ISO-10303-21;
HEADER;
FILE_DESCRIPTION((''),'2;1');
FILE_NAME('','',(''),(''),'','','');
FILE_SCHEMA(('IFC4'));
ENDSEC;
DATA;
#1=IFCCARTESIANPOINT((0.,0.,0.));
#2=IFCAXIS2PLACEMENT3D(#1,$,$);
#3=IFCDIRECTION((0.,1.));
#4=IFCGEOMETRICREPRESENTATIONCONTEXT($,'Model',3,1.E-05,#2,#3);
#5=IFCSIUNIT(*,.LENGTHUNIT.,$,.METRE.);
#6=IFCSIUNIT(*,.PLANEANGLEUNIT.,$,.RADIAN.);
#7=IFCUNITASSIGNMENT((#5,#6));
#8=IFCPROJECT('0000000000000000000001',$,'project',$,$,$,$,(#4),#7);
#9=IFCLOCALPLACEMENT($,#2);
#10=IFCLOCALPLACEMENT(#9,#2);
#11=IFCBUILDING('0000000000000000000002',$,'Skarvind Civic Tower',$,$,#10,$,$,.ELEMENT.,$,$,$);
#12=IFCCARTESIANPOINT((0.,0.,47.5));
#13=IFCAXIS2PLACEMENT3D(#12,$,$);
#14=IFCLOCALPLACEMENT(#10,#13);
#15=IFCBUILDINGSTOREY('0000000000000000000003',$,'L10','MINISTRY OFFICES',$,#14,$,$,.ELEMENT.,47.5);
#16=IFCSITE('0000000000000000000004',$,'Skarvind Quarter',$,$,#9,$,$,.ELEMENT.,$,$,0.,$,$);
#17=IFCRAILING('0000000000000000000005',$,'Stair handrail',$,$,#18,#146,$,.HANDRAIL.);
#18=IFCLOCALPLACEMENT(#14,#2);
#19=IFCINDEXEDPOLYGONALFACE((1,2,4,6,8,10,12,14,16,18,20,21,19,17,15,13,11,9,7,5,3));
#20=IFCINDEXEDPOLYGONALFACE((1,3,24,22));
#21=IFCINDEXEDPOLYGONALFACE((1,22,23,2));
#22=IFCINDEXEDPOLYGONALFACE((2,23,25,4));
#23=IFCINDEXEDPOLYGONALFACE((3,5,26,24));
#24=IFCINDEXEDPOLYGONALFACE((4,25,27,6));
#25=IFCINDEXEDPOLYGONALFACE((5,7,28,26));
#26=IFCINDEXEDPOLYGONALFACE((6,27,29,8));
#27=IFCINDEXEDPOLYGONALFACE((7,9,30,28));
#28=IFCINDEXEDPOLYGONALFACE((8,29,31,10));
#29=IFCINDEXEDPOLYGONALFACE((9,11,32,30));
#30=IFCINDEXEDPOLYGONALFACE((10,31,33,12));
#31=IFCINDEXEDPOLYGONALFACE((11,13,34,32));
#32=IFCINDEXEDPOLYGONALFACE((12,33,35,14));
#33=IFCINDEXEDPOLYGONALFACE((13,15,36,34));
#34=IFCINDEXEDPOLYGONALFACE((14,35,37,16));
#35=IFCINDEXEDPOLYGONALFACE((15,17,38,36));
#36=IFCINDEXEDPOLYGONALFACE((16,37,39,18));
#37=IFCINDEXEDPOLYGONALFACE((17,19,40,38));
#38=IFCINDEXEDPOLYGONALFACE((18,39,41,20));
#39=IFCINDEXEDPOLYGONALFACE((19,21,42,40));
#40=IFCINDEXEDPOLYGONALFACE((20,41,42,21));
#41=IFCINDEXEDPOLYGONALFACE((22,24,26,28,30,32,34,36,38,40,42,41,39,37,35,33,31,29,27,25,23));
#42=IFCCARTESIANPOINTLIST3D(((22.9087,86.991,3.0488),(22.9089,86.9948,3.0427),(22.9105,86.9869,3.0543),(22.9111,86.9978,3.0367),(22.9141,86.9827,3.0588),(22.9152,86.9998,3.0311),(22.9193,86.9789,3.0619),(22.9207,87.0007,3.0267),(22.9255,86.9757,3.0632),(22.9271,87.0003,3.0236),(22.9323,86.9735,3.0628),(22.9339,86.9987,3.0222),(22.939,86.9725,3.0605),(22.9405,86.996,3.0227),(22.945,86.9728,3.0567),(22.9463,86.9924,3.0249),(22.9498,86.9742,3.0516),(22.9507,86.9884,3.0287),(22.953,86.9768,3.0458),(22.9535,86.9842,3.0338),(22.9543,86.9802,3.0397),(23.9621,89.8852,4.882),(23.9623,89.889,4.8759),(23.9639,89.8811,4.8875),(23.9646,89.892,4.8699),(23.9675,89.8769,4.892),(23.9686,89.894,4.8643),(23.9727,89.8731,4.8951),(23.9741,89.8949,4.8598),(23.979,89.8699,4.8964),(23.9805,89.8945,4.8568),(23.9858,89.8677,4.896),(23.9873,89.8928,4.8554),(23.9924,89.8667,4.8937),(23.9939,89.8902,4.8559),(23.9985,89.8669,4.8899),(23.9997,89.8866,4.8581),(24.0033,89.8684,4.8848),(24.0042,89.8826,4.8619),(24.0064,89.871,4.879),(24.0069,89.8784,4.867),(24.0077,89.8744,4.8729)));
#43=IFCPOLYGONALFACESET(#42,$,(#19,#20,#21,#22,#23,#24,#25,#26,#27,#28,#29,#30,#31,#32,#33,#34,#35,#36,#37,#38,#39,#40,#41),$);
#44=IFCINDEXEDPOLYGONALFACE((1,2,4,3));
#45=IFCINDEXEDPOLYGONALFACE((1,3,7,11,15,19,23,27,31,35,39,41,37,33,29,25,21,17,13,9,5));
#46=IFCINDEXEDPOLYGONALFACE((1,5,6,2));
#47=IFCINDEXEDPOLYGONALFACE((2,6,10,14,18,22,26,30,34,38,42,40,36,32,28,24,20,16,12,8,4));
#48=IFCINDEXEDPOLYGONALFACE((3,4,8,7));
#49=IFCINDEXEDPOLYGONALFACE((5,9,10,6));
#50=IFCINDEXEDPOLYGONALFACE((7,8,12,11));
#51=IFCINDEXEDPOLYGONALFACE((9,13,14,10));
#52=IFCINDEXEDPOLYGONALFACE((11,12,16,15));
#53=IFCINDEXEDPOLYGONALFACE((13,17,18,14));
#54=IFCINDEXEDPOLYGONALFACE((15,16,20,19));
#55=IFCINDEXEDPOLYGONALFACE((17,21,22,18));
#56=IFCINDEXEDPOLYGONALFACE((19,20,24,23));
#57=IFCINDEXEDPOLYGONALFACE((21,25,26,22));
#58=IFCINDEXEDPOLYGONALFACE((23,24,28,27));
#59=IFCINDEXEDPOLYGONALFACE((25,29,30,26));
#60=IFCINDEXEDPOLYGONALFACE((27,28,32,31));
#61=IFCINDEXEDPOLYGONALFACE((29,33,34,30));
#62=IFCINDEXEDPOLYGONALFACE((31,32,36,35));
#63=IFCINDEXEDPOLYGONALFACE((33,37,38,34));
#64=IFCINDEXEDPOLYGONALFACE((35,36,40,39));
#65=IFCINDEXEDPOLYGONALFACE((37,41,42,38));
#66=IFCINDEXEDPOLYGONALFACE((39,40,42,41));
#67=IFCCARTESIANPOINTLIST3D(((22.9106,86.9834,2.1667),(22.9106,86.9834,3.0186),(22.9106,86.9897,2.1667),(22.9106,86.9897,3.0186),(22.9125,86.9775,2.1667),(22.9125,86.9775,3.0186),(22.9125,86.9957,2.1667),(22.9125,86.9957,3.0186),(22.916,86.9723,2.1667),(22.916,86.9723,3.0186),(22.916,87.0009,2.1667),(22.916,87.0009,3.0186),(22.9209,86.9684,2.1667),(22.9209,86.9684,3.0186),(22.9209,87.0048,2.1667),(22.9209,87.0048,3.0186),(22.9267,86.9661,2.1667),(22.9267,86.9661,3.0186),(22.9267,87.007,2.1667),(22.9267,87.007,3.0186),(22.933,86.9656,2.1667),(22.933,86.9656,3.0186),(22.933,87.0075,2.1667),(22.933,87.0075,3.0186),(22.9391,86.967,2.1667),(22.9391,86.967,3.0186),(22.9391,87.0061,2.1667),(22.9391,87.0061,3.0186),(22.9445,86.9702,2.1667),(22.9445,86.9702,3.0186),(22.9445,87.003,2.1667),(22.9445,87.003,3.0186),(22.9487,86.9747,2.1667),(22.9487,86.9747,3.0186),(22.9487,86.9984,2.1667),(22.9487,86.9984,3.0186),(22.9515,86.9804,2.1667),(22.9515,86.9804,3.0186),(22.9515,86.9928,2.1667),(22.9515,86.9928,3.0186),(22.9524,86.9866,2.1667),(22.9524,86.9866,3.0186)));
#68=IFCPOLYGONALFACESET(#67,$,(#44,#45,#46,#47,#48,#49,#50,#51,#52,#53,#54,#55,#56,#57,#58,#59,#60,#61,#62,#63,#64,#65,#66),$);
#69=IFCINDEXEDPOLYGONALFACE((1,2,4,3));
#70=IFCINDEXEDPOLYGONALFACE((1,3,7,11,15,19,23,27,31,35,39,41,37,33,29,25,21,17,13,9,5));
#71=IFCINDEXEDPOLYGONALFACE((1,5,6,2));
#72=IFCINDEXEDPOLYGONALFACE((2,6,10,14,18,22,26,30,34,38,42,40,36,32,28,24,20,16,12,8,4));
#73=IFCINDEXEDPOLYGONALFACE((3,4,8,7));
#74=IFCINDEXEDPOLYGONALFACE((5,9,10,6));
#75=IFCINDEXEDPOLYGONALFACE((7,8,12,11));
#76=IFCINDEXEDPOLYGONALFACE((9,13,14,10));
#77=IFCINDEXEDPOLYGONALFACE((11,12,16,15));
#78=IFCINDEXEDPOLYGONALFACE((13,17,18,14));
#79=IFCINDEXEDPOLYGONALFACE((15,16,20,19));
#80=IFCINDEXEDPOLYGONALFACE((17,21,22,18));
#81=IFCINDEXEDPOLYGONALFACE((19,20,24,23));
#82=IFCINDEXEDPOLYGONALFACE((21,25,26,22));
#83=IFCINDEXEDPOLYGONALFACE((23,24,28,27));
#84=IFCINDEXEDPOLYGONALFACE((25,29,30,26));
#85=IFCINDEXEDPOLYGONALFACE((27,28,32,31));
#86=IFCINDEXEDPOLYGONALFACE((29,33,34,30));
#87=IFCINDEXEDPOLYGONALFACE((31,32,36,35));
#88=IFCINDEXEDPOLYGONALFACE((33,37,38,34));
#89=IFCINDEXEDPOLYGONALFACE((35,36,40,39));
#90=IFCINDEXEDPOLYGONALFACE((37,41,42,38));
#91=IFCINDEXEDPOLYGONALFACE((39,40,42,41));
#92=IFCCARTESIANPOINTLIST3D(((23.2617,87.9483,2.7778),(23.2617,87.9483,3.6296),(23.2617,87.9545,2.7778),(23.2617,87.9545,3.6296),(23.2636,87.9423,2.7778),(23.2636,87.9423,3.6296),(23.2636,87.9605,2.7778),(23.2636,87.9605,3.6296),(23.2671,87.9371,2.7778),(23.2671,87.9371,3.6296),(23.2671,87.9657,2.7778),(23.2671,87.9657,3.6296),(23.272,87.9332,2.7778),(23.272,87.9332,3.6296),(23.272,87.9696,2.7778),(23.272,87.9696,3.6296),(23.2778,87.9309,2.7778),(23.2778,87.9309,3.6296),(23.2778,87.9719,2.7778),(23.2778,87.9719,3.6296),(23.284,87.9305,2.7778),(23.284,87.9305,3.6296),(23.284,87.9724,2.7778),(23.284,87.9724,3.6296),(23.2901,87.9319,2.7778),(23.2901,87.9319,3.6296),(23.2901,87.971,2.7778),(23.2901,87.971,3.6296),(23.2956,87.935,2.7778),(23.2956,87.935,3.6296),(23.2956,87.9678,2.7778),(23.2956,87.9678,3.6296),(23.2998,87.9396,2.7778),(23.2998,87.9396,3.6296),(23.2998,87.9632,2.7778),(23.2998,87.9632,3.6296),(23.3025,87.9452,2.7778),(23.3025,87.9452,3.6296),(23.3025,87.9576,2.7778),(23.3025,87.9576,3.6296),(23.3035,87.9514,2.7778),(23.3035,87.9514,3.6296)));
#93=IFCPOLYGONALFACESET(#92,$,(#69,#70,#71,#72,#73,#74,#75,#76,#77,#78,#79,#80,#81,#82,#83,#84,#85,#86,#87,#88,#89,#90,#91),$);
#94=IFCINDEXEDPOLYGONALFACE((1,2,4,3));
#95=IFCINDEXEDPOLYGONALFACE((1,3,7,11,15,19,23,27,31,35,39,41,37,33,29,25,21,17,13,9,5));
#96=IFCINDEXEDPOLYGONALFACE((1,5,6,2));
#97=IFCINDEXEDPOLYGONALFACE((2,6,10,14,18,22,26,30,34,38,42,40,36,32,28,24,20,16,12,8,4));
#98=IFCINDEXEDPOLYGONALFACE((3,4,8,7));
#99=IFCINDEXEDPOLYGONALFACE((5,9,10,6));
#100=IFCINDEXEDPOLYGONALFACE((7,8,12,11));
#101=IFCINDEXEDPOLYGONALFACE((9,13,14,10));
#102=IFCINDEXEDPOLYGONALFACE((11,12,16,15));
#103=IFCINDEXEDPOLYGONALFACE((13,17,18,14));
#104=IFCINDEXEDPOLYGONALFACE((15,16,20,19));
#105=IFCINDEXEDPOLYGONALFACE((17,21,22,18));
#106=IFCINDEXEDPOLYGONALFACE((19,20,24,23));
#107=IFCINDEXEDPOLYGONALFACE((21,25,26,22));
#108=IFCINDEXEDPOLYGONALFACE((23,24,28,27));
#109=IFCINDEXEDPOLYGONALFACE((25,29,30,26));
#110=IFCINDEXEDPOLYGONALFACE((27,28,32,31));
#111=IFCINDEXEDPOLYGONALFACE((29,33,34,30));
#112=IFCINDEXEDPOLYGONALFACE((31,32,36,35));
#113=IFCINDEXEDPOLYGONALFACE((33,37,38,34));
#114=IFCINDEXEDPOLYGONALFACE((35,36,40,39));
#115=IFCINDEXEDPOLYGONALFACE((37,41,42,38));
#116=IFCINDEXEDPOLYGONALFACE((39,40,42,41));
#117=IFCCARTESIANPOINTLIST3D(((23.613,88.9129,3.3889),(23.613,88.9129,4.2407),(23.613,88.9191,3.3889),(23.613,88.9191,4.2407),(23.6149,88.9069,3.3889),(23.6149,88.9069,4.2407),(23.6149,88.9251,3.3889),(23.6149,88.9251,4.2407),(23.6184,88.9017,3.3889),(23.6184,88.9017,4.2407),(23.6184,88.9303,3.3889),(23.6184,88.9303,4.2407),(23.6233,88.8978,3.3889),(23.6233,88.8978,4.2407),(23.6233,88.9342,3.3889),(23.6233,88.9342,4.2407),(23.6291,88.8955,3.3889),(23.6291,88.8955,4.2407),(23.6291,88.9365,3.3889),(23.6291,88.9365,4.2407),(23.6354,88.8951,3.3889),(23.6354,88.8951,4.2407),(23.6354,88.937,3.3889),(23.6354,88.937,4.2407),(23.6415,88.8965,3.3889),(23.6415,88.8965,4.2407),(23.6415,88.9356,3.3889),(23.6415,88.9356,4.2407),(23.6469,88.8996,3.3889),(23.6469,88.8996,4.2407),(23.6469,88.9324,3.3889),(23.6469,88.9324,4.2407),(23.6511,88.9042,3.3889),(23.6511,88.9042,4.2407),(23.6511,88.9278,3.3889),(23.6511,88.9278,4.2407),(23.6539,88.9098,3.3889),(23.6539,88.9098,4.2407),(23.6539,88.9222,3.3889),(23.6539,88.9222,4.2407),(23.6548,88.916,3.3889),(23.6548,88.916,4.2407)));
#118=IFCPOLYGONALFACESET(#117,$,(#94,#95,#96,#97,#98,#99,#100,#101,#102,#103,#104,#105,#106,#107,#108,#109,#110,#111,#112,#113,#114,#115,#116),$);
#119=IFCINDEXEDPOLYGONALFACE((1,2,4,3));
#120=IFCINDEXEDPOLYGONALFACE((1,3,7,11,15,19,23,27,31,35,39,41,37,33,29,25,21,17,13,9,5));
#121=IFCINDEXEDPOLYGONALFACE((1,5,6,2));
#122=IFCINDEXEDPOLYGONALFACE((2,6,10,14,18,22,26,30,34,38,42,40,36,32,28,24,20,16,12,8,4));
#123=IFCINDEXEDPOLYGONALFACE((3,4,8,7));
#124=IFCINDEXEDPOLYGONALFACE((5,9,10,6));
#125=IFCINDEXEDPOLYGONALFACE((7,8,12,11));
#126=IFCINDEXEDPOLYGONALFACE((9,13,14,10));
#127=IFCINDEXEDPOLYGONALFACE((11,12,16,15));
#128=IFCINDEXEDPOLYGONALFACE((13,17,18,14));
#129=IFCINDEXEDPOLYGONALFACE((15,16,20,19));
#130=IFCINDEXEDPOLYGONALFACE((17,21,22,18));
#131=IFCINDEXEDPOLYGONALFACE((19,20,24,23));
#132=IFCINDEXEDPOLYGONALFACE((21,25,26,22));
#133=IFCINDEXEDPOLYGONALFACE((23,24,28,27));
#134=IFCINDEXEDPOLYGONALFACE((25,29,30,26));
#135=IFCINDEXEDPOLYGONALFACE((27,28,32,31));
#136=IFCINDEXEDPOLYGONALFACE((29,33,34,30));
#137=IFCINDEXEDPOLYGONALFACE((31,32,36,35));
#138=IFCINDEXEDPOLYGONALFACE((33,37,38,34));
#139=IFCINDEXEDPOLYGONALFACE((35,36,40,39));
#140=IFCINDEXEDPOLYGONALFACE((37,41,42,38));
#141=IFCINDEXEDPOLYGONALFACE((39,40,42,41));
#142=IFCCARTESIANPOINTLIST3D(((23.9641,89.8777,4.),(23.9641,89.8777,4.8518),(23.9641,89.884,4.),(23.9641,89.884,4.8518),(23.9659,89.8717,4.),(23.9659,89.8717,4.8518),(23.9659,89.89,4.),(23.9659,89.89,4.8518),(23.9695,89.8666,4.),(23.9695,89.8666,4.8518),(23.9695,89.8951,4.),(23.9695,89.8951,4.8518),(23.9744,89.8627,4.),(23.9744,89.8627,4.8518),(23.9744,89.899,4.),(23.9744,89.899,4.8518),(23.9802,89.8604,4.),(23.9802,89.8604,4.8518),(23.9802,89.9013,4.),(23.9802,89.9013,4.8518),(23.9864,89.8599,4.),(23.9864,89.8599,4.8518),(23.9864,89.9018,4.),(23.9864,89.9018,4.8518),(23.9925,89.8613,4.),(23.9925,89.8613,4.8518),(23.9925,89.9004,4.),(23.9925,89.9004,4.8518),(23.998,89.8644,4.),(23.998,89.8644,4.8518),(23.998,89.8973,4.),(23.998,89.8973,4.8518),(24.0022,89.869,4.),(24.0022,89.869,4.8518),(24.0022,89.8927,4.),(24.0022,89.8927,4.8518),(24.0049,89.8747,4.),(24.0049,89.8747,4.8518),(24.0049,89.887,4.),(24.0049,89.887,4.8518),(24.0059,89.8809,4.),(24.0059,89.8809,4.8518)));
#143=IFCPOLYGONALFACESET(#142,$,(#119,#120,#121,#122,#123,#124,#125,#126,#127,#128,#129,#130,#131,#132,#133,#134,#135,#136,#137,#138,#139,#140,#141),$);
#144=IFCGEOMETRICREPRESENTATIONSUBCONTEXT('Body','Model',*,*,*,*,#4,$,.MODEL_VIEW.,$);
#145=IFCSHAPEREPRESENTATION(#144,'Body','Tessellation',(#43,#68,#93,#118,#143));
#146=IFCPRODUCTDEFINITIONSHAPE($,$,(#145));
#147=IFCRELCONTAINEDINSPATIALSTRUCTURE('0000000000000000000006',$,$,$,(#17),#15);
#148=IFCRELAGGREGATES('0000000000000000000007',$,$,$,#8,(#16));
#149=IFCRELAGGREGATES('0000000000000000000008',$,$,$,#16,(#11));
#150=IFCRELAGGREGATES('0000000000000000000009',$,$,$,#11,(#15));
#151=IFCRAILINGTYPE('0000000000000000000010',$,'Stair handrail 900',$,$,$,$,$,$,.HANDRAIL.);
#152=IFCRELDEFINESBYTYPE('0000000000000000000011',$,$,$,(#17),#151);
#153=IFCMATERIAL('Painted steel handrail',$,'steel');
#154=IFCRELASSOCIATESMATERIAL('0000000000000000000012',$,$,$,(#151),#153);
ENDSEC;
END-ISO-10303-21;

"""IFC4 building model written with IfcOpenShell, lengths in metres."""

from ifc_helpers import new_model, si_unit, direction, frame, origin, origin_2d, place, context, subcontext, project, spatial, circle, extrude, material, type_object, element, save


model = new_model("IFC4")

# Units and contexts
model_context = context("Model", 3, precision=1e-05, world=origin(), true_north=direction((0.0, 1.0)))
body_context = subcontext(model_context, "Body", "Model", "MODEL_VIEW")
ifc_project = project(units=[si_unit("LENGTHUNIT", "METRE"), si_unit("PLANEANGLEUNIT", "RADIAN")], contexts=[model_context])

# Site, building, storey
site_placement = place(None, origin())
site = spatial("IfcSite", under=ifc_project, at=site_placement, Name="Skarvind Quarter", CompositionType="ELEMENT", RefElevation=0.0)
building_placement = place(site_placement, origin())
building = spatial("IfcBuilding", under=site, at=building_placement, Name="Skarvind Civic Tower", CompositionType="ELEMENT")
storey_placement = place(building_placement, frame((0.0, 0.0, 47.5)))
storey = spatial("IfcBuildingStorey", under=building, at=storey_placement, Name="L10", Description="MINISTRY OFFICES", CompositionType="ELEMENT", Elevation=47.5)

# Railing
ifc_material_1 = material(Name="Painted steel handrail", Category="steel")
railing_type = type_object("IfcRailingType", Name="Stair handrail 900", PredefinedType="HANDRAIL", material=ifc_material_1)
railing_1_placement = place(storey_placement, frame((22.9314, 86.9866, 2.1667)))
element("IfcRailing", 1, at=railing_1_placement, inside=storey, type_object=railing_type, Name="Stair handrail", PredefinedType="HANDRAIL", context=body_context, shape_type="SweptSolid", body=[
    extrude(circle(Radius=0.0239, at=origin_2d()), frame((0.0, 0.0, 0.876), z_axis=(0.293908, 0.807481, 0.511461), x_axis=(-0.939689, 0.342029, 0.0)), (0.0, 0.0, 1.0), 3.5842),
    extrude(circle(Radius=0.021, at=origin_2d()), origin(), (0.0, 0.0, 1.0), 0.8518),
    extrude(circle(Radius=0.021, at=origin_2d()), frame((0.3511, 0.9648, 0.6111)), (0.0, 0.0, 1.0), 0.8518),
    extrude(circle(Radius=0.021, at=origin_2d()), frame((0.7024, 1.9294, 1.2222)), (0.0, 0.0, 1.0), 0.8518),
    extrude(circle(Radius=0.021, at=origin_2d()), frame((1.0535, 2.8943, 1.8333)), (0.0, 0.0, 1.0), 0.8518),
])

save(model, "model.ifc")
